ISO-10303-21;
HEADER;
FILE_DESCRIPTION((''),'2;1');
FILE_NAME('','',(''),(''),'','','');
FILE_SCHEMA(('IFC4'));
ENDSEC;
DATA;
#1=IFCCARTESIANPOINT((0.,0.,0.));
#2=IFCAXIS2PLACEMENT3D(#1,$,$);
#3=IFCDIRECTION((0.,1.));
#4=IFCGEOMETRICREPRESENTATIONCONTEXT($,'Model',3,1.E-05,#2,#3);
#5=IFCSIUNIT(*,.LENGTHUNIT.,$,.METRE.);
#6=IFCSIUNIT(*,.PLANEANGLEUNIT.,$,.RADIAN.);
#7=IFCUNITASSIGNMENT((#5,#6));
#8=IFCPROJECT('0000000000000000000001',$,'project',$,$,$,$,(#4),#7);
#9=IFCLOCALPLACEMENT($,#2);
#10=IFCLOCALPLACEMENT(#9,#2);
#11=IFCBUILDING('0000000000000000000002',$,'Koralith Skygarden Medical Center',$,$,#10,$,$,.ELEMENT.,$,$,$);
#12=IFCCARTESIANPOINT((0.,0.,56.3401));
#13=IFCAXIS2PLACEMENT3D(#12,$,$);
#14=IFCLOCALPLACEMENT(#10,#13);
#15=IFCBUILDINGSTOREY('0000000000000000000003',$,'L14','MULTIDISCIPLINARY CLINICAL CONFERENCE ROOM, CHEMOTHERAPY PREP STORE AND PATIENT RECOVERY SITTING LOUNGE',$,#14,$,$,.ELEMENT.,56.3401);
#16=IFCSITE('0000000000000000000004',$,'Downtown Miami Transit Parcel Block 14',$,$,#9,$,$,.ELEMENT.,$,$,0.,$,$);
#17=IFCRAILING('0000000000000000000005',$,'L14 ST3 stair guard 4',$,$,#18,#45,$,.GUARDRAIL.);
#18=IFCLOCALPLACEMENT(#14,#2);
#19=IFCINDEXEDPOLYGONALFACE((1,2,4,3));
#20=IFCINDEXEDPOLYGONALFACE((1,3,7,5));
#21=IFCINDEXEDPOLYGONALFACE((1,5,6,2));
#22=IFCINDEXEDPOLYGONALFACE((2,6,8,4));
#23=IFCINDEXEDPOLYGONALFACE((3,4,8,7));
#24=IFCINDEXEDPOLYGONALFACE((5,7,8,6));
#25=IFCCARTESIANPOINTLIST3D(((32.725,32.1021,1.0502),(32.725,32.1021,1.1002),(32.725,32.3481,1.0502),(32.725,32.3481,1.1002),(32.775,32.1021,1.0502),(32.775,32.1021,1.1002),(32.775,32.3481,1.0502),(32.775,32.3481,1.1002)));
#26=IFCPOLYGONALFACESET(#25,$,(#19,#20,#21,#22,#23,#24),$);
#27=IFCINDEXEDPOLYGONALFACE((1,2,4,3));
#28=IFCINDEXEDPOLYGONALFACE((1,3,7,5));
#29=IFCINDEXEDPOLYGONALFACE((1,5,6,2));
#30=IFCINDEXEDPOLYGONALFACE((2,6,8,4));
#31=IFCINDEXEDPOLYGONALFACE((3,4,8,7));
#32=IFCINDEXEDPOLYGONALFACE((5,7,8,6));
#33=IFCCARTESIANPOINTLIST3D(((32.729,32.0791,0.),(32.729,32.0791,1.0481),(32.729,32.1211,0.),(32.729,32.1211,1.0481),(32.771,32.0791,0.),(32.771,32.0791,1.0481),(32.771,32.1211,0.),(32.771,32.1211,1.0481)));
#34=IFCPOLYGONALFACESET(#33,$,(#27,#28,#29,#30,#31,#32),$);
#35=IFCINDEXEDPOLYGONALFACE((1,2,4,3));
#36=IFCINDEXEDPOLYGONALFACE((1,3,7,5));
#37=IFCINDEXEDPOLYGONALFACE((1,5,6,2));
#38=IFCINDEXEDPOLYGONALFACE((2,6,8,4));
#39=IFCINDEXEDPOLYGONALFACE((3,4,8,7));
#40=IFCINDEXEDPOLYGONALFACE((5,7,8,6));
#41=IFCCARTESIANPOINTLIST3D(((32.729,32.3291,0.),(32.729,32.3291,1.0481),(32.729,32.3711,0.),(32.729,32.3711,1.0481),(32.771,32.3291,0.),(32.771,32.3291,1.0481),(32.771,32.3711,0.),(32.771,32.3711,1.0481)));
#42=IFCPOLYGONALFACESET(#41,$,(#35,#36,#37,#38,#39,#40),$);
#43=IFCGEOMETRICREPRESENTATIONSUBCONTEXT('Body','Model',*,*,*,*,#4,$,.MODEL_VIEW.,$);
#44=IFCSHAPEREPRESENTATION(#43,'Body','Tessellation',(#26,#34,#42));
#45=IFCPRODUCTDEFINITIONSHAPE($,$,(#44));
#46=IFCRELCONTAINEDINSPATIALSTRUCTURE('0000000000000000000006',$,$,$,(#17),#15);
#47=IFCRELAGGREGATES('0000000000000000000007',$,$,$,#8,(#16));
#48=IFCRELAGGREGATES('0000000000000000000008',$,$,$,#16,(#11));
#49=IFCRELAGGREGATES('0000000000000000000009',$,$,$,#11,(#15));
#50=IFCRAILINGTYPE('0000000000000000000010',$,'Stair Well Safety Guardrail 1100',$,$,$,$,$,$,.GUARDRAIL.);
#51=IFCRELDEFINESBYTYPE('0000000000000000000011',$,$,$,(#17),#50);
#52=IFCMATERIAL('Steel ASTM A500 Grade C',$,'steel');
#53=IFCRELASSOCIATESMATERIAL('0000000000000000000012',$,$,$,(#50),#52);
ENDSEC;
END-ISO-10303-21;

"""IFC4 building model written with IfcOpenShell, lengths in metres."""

from ifc_helpers import new_model, si_unit, direction, frame, origin, origin_2d, place, context, subcontext, project, spatial, rectangle, extrude, material, type_object, element, save


model = new_model("IFC4")

# Units and contexts
model_context = context("Model", 3, precision=1e-05, world=origin(), true_north=direction((0.0, 1.0)))
body_context = subcontext(model_context, "Body", "Model", "MODEL_VIEW")
ifc_project = project(units=[si_unit("LENGTHUNIT", "METRE"), si_unit("PLANEANGLEUNIT", "RADIAN")], contexts=[model_context])

# Site, building, storey
site_placement = place(None, origin())
site = spatial("IfcSite", under=ifc_project, at=site_placement, Name="Downtown Miami Transit Parcel Block 14", CompositionType="ELEMENT", RefElevation=0.0)
building_placement = place(site_placement, origin())
building = spatial("IfcBuilding", under=site, at=building_placement, Name="Koralith Skygarden Medical Center", CompositionType="ELEMENT")
storey_placement = place(building_placement, frame((0.0, 0.0, 56.3401)))
storey = spatial("IfcBuildingStorey", under=building, at=storey_placement, Name="L14", Description="MULTIDISCIPLINARY CLINICAL CONFERENCE ROOM, CHEMOTHERAPY PREP STORE AND PATIENT RECOVERY SITTING LOUNGE", CompositionType="ELEMENT", Elevation=56.3401)

# Railing
ifc_material_1 = material(Name="Steel ASTM A500 Grade C", Category="steel")
railing_type_1 = type_object("IfcRailingType", Name="Stair Well Safety Guardrail 1100", PredefinedType="GUARDRAIL", material=ifc_material_1)
railing_1_placement = place(storey_placement, frame((32.75, 32.1001, 0.0)))
element("IfcRailing", 1, at=railing_1_placement, inside=storey, type_object=railing_type_1, Name="L14 ST3 stair guard 4", PredefinedType="GUARDRAIL", context=body_context, shape_type="SweptSolid", body=[
    extrude(rectangle(XDim=0.05, YDim=0.05, at=origin_2d()), frame((0.0, 0.002, 1.0752), z_axis=(0.0, 1.0, 0.0), x_axis=(-1.0, 0.0, 0.0)), (0.0, 0.0, 1.0), 0.2461),
    extrude(rectangle(XDim=0.042, YDim=0.042, at=origin_2d()), origin(), (0.0, 0.0, 1.0), 1.0481),
    extrude(rectangle(XDim=0.042, YDim=0.042, at=origin_2d()), frame((0.0, 0.25, 0.0)), (0.0, 0.0, 1.0), 1.0481),
])

save(model, "model.ifc")
